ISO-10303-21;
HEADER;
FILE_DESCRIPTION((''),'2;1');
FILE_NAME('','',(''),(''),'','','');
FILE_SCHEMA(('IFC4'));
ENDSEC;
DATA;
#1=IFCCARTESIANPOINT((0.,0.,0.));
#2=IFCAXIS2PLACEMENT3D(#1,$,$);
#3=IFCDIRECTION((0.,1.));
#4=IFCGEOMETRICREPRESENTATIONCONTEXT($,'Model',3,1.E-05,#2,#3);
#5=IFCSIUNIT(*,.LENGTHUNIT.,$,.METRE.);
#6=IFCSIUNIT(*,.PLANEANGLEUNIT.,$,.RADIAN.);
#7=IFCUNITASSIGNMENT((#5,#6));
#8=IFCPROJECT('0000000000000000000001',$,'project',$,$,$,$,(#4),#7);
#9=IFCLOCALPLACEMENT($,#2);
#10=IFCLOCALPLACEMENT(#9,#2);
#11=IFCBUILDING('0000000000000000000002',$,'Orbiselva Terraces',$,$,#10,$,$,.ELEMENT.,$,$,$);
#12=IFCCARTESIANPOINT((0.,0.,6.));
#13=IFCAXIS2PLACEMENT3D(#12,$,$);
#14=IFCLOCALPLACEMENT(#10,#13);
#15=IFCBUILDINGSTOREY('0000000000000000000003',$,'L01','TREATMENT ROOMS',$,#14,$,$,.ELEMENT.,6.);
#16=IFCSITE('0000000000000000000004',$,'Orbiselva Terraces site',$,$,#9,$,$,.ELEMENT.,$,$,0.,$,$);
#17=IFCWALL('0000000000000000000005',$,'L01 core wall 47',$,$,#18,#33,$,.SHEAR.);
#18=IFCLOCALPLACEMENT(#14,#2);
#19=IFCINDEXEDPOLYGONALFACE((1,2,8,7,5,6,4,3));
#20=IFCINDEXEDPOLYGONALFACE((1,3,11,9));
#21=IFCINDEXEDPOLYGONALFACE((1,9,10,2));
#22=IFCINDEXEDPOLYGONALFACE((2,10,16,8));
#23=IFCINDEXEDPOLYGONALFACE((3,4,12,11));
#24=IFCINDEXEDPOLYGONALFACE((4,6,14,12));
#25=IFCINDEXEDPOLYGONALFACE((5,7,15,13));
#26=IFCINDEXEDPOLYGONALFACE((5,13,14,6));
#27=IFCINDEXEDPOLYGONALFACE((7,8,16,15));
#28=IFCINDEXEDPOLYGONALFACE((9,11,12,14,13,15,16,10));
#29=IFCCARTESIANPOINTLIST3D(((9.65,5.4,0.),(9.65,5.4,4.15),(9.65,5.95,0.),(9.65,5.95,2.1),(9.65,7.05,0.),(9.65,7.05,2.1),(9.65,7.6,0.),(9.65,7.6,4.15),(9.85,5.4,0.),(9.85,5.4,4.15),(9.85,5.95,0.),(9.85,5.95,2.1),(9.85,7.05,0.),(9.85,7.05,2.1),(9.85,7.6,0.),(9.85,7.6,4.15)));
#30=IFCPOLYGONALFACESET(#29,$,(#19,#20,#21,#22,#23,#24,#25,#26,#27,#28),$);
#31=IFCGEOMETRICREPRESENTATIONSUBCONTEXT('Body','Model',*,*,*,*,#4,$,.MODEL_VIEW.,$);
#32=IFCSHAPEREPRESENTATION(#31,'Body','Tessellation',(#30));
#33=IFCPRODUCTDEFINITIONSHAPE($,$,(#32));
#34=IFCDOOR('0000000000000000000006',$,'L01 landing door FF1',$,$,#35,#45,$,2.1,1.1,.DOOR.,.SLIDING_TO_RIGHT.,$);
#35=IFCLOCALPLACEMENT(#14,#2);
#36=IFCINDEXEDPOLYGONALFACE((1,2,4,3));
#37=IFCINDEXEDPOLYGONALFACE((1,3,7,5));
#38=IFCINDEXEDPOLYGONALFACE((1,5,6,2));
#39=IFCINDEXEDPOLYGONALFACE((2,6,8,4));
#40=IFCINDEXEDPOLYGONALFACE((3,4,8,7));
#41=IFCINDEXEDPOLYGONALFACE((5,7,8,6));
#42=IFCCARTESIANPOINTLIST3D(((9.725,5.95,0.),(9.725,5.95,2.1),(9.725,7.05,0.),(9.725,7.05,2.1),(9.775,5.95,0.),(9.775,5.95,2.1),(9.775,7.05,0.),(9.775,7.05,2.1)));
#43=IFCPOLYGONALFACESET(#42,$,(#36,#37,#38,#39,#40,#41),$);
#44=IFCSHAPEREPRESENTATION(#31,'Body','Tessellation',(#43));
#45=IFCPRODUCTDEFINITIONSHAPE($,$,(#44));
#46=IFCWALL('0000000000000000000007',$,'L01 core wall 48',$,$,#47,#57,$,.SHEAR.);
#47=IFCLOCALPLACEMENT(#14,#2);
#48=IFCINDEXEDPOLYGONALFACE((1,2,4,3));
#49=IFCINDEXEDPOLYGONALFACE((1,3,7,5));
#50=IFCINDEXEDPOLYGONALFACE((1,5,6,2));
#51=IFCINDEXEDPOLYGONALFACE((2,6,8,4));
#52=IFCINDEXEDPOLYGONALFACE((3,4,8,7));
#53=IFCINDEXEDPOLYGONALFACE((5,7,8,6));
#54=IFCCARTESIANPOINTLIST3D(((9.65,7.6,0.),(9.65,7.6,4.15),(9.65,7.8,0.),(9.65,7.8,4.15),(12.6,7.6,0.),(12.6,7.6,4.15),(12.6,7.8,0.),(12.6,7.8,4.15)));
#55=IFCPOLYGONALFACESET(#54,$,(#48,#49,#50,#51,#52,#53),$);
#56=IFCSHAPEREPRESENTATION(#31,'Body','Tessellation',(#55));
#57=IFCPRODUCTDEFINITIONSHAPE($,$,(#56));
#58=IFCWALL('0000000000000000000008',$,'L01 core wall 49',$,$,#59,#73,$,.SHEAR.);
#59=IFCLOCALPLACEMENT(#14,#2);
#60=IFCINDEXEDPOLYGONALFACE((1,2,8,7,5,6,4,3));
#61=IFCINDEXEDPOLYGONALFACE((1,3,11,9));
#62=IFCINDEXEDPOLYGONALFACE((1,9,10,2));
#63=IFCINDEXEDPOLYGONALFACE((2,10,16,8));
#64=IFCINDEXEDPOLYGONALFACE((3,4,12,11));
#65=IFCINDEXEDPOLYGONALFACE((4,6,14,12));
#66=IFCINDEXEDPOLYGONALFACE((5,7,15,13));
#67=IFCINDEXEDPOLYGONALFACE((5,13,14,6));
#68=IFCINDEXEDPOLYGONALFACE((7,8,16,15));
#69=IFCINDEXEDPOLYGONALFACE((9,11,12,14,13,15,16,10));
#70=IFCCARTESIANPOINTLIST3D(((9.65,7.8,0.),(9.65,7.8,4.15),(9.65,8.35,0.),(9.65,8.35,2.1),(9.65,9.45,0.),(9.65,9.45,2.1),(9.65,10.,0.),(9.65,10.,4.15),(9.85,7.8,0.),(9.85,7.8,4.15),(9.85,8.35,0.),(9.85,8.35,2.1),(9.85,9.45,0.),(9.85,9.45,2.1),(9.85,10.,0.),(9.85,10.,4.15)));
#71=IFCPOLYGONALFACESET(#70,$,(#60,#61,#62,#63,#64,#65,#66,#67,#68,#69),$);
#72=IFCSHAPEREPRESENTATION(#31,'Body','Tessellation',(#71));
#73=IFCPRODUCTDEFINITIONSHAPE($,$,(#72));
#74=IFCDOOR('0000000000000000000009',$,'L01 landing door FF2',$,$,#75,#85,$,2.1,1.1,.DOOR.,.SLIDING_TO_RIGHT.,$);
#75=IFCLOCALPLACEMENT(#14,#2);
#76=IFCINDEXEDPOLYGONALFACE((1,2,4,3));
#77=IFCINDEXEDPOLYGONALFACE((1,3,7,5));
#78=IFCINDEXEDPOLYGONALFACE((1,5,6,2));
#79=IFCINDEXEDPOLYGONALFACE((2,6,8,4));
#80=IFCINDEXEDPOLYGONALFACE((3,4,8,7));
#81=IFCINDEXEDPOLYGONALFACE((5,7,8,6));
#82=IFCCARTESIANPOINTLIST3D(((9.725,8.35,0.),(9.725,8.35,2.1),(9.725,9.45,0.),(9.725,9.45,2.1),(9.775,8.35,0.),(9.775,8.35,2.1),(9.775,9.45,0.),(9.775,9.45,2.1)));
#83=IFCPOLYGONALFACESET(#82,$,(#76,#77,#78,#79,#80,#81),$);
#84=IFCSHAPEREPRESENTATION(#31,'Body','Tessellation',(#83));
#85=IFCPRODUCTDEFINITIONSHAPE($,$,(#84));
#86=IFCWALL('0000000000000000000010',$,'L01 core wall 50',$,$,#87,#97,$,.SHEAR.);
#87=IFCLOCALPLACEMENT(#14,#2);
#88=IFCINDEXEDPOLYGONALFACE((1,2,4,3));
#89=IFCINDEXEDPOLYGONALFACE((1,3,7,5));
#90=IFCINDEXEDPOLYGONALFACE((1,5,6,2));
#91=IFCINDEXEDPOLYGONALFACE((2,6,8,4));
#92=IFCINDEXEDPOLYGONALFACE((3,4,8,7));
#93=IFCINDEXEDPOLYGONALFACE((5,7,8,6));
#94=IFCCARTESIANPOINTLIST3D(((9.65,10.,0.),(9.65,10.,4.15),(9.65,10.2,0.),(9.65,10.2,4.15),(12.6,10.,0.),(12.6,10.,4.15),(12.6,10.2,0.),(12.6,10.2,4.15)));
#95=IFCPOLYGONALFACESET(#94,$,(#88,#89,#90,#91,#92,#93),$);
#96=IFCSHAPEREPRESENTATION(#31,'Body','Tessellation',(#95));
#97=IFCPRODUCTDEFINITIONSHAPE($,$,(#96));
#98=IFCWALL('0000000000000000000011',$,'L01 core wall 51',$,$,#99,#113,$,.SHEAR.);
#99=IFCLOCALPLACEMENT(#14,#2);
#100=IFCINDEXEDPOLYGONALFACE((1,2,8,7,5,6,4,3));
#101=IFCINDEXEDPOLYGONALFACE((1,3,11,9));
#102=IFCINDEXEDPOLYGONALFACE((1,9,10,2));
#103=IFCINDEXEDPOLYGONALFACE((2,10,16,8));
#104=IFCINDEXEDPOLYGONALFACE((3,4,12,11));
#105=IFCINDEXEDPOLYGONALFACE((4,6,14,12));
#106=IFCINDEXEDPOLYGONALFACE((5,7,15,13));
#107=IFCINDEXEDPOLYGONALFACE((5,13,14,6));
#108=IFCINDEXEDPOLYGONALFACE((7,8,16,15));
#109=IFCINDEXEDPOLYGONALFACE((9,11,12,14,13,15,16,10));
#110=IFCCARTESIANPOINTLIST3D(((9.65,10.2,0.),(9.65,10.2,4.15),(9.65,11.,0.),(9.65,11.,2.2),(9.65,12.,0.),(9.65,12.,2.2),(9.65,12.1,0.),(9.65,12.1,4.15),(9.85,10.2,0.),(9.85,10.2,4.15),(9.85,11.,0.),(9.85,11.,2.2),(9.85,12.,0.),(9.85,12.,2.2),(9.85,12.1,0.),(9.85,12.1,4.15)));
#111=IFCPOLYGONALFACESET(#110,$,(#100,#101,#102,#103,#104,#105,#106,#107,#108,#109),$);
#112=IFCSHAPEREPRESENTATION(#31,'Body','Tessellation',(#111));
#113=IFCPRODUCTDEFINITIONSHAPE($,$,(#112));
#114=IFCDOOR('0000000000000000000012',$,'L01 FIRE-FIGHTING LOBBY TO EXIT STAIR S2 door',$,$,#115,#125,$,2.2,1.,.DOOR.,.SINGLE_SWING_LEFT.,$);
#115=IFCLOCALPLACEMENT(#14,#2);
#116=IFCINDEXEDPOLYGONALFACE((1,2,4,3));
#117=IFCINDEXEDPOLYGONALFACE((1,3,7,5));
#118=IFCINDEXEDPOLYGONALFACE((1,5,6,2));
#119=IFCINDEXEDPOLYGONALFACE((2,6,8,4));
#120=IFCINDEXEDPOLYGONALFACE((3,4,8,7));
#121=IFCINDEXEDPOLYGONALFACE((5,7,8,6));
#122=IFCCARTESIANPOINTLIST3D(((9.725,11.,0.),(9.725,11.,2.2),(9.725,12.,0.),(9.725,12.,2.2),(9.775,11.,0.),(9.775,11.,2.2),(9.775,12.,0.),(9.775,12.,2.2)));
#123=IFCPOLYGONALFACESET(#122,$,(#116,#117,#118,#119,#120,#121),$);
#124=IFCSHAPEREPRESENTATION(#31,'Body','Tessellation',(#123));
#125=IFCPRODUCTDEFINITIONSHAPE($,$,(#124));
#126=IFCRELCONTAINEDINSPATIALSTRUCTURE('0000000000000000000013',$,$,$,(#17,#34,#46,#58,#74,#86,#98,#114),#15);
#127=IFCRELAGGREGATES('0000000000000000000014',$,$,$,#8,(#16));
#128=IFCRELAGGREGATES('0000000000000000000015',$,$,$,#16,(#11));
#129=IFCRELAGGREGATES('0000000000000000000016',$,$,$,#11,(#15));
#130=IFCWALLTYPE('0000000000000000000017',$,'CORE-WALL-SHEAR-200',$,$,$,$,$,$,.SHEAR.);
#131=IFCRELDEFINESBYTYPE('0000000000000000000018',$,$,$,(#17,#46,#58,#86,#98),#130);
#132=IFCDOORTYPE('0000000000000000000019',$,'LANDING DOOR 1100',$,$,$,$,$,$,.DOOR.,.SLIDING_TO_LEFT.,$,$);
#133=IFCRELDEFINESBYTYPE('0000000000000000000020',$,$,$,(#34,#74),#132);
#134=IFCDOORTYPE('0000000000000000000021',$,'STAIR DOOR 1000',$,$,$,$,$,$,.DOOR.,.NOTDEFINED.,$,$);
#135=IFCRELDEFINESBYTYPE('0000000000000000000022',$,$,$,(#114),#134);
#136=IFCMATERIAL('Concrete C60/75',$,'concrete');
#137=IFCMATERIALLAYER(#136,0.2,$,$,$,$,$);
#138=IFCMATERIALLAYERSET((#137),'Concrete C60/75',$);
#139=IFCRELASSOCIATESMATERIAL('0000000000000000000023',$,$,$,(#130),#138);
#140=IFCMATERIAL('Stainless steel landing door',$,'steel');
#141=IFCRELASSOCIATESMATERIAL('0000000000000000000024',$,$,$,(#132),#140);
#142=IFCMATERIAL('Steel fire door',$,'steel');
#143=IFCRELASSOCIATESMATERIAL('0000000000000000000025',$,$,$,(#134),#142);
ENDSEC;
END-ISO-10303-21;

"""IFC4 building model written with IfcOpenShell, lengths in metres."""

from ifc_helpers import new_model, si_unit, direction, frame, frame_2d, origin, place, context, subcontext, project, spatial, rectangle, extrude, material, layer, layer_set, type_object, element, fill, save


model = new_model("IFC4")

# Units and contexts
model_context = context("Model", 3, precision=1e-05, world=origin(), true_north=direction((0.0, 1.0)))
body_context = subcontext(model_context, "Body", "Model", "MODEL_VIEW")
ifc_project = project(units=[si_unit("LENGTHUNIT", "METRE"), si_unit("PLANEANGLEUNIT", "RADIAN")], contexts=[model_context])

# Site, building, storey
site_placement = place(None, origin())
site = spatial("IfcSite", under=ifc_project, at=site_placement, Name="Orbiselva Terraces site", CompositionType="ELEMENT", RefElevation=0.0)
building_placement = place(site_placement, origin())
building = spatial("IfcBuilding", under=site, at=building_placement, Name="Orbiselva Terraces", CompositionType="ELEMENT")
storey_placement = place(building_placement, frame((0.0, 0.0, 6.0)))
storey = spatial("IfcBuildingStorey", under=building, at=storey_placement, Name="L01", Description="TREATMENT ROOMS", CompositionType="ELEMENT", Elevation=6.0)

# Shared definitions
ifc_material_1 = material(Name="Steel fire door", Category="steel")

# Shared definitions
ifc_material_2 = material(Name="Concrete C60/75", Category="concrete")
ifc_layer_1 = layer(ifc_material_2, 0.2)
ifc_layer_set_1 = layer_set([ifc_layer_1], Name="Concrete C60/75")
wall_type_1 = type_object("IfcWallType", Name="CORE-WALL-SHEAR-200", PredefinedType="SHEAR", material=ifc_layer_set_1)

# Wall, opening, door
wall_1_placement = place(storey_placement, frame((9.75, 5.4, 0.0), z_axis=(0.0, 0.0, 1.0), x_axis=(0.0, 1.0, 0.0)))
wall_1 = element("IfcWall", 1, at=wall_1_placement, inside=storey, type_object=wall_type_1, Name="L01 core wall 47", PredefinedType="SHEAR", context=body_context, shape_type="SweptSolid", body=[
    extrude(rectangle(XDim=2.2, YDim=0.2, at=frame_2d((1.1, 0.0))), origin(), (0.0, 0.0, 1.0), 4.15),
])
opening_1_placement = place(wall_1_placement, frame((0.55, 0.0, 0.0)))
opening_1 = element("IfcOpeningElement", 2, at=opening_1_placement, cuts=wall_1, PredefinedType="OPENING", context=body_context, shape_type="SweptSolid", body=[
    extrude(rectangle(XDim=1.1, YDim=2.1, at=frame_2d((0.55, 1.05))), frame((0.0, 0.11, 0.0), z_axis=(0.0, -1.0, 0.0), x_axis=(1.0, 0.0, 0.0)), (0.0, 0.0, 1.0), 0.22),
])
ifc_material_3 = material(Name="Stainless steel landing door", Category="steel")
door_type_1 = type_object("IfcDoorType", Name="LANDING DOOR 1100", OperationType="SLIDING_TO_LEFT", PredefinedType="DOOR", material=ifc_material_3)
door_1_placement = place(opening_1_placement, origin())
door_1 = element("IfcDoor", 3, at=door_1_placement, inside=storey, type_object=door_type_1, Name="L01 landing door FF1", OperationType="SLIDING_TO_RIGHT", OverallHeight=2.1, OverallWidth=1.1, PredefinedType="DOOR", context=body_context, shape_type="SweptSolid", body=[
    extrude(rectangle(XDim=1.1, YDim=2.1, at=frame_2d((0.55, 1.05))), frame((0.0, 0.025, 0.0), z_axis=(0.0, -1.0, 0.0), x_axis=(1.0, 0.0, 0.0)), (0.0, 0.0, 1.0), 0.05),
])
fill(opening_1, door_1)

# Wall
wall_2_placement = place(storey_placement, frame((9.65, 7.7, 0.0), z_axis=(0.0, 0.0, 1.0), x_axis=(1.0, 0.0, 0.0)))
element("IfcWall", 4, at=wall_2_placement, inside=storey, type_object=wall_type_1, Name="L01 core wall 48", PredefinedType="SHEAR", context=body_context, shape_type="SweptSolid", body=[
    extrude(rectangle(XDim=2.95, YDim=0.2, at=frame_2d((1.475, 0.0))), origin(), (0.0, 0.0, 1.0), 4.15),
])

# Wall, opening, door
wall_3_placement = place(storey_placement, frame((9.75, 7.8, 0.0), z_axis=(0.0, 0.0, 1.0), x_axis=(0.0, 1.0, 0.0)))
wall_3 = element("IfcWall", 5, at=wall_3_placement, inside=storey, type_object=wall_type_1, Name="L01 core wall 49", PredefinedType="SHEAR", context=body_context, shape_type="SweptSolid", body=[
    extrude(rectangle(XDim=2.2, YDim=0.2, at=frame_2d((1.1, 0.0))), origin(), (0.0, 0.0, 1.0), 4.15),
])
opening_2_placement = place(wall_3_placement, frame((0.55, 0.0, 0.0)))
opening_2 = element("IfcOpeningElement", 6, at=opening_2_placement, cuts=wall_3, PredefinedType="OPENING", context=body_context, shape_type="SweptSolid", body=[
    extrude(rectangle(XDim=1.1, YDim=2.1, at=frame_2d((0.55, 1.05))), frame((0.0, 0.11, 0.0), z_axis=(0.0, -1.0, 0.0), x_axis=(1.0, 0.0, 0.0)), (0.0, 0.0, 1.0), 0.22),
])
door_2_placement = place(opening_2_placement, origin())
door_2 = element("IfcDoor", 7, at=door_2_placement, inside=storey, type_object=door_type_1, Name="L01 landing door FF2", OperationType="SLIDING_TO_RIGHT", OverallHeight=2.1, OverallWidth=1.1, PredefinedType="DOOR", context=body_context, shape_type="SweptSolid", body=[
    extrude(rectangle(XDim=1.1, YDim=2.1, at=frame_2d((0.55, 1.05))), frame((0.0, 0.025, 0.0), z_axis=(0.0, -1.0, 0.0), x_axis=(1.0, 0.0, 0.0)), (0.0, 0.0, 1.0), 0.05),
])
fill(opening_2, door_2)

# Wall
wall_4_placement = place(storey_placement, frame((9.65, 10.1, 0.0), z_axis=(0.0, 0.0, 1.0), x_axis=(1.0, 0.0, 0.0)))
element("IfcWall", 8, at=wall_4_placement, inside=storey, type_object=wall_type_1, Name="L01 core wall 50", PredefinedType="SHEAR", context=body_context, shape_type="SweptSolid", body=[
    extrude(rectangle(XDim=2.95, YDim=0.2, at=frame_2d((1.475, 0.0))), origin(), (0.0, 0.0, 1.0), 4.15),
])

# Wall, opening, door
wall_5_placement = place(storey_placement, frame((9.75, 12.1, 0.0), z_axis=(0.0, 0.0, 1.0), x_axis=(0.0, -1.0, 0.0)))
wall_5 = element("IfcWall", 9, at=wall_5_placement, inside=storey, type_object=wall_type_1, Name="L01 core wall 51", PredefinedType="SHEAR", context=body_context, shape_type="SweptSolid", body=[
    extrude(rectangle(XDim=1.9, YDim=0.2, at=frame_2d((0.95, 0.0))), origin(), (0.0, 0.0, 1.0), 4.15),
])
opening_3_placement = place(wall_5_placement, frame((0.1, 0.0, 0.0)))
opening_3 = element("IfcOpeningElement", 10, at=opening_3_placement, cuts=wall_5, PredefinedType="OPENING", context=body_context, shape_type="SweptSolid", body=[
    extrude(rectangle(XDim=1.0, YDim=2.2, at=frame_2d((0.5, 1.1))), frame((0.0, 0.11, 0.0), z_axis=(0.0, -1.0, 0.0), x_axis=(1.0, 0.0, 0.0)), (0.0, 0.0, 1.0), 0.22),
])
door_type_2 = type_object("IfcDoorType", Name="STAIR DOOR 1000", OperationType="NOTDEFINED", PredefinedType="DOOR", material=ifc_material_1)
door_3_placement = place(opening_3_placement, origin())
door_3 = element("IfcDoor", 11, at=door_3_placement, inside=storey, type_object=door_type_2, Name="L01 FIRE-FIGHTING LOBBY TO EXIT STAIR S2 door", OperationType="SINGLE_SWING_LEFT", OverallHeight=2.2, OverallWidth=1.0, PredefinedType="DOOR", context=body_context, shape_type="SweptSolid", body=[
    extrude(rectangle(XDim=1.0, YDim=2.2, at=frame_2d((0.5, 1.1))), frame((0.0, 0.025, 0.0), z_axis=(0.0, -1.0, 0.0), x_axis=(1.0, 0.0, 0.0)), (0.0, 0.0, 1.0), 0.05),
])
fill(opening_3, door_3)

save(model, "model.ifc")
